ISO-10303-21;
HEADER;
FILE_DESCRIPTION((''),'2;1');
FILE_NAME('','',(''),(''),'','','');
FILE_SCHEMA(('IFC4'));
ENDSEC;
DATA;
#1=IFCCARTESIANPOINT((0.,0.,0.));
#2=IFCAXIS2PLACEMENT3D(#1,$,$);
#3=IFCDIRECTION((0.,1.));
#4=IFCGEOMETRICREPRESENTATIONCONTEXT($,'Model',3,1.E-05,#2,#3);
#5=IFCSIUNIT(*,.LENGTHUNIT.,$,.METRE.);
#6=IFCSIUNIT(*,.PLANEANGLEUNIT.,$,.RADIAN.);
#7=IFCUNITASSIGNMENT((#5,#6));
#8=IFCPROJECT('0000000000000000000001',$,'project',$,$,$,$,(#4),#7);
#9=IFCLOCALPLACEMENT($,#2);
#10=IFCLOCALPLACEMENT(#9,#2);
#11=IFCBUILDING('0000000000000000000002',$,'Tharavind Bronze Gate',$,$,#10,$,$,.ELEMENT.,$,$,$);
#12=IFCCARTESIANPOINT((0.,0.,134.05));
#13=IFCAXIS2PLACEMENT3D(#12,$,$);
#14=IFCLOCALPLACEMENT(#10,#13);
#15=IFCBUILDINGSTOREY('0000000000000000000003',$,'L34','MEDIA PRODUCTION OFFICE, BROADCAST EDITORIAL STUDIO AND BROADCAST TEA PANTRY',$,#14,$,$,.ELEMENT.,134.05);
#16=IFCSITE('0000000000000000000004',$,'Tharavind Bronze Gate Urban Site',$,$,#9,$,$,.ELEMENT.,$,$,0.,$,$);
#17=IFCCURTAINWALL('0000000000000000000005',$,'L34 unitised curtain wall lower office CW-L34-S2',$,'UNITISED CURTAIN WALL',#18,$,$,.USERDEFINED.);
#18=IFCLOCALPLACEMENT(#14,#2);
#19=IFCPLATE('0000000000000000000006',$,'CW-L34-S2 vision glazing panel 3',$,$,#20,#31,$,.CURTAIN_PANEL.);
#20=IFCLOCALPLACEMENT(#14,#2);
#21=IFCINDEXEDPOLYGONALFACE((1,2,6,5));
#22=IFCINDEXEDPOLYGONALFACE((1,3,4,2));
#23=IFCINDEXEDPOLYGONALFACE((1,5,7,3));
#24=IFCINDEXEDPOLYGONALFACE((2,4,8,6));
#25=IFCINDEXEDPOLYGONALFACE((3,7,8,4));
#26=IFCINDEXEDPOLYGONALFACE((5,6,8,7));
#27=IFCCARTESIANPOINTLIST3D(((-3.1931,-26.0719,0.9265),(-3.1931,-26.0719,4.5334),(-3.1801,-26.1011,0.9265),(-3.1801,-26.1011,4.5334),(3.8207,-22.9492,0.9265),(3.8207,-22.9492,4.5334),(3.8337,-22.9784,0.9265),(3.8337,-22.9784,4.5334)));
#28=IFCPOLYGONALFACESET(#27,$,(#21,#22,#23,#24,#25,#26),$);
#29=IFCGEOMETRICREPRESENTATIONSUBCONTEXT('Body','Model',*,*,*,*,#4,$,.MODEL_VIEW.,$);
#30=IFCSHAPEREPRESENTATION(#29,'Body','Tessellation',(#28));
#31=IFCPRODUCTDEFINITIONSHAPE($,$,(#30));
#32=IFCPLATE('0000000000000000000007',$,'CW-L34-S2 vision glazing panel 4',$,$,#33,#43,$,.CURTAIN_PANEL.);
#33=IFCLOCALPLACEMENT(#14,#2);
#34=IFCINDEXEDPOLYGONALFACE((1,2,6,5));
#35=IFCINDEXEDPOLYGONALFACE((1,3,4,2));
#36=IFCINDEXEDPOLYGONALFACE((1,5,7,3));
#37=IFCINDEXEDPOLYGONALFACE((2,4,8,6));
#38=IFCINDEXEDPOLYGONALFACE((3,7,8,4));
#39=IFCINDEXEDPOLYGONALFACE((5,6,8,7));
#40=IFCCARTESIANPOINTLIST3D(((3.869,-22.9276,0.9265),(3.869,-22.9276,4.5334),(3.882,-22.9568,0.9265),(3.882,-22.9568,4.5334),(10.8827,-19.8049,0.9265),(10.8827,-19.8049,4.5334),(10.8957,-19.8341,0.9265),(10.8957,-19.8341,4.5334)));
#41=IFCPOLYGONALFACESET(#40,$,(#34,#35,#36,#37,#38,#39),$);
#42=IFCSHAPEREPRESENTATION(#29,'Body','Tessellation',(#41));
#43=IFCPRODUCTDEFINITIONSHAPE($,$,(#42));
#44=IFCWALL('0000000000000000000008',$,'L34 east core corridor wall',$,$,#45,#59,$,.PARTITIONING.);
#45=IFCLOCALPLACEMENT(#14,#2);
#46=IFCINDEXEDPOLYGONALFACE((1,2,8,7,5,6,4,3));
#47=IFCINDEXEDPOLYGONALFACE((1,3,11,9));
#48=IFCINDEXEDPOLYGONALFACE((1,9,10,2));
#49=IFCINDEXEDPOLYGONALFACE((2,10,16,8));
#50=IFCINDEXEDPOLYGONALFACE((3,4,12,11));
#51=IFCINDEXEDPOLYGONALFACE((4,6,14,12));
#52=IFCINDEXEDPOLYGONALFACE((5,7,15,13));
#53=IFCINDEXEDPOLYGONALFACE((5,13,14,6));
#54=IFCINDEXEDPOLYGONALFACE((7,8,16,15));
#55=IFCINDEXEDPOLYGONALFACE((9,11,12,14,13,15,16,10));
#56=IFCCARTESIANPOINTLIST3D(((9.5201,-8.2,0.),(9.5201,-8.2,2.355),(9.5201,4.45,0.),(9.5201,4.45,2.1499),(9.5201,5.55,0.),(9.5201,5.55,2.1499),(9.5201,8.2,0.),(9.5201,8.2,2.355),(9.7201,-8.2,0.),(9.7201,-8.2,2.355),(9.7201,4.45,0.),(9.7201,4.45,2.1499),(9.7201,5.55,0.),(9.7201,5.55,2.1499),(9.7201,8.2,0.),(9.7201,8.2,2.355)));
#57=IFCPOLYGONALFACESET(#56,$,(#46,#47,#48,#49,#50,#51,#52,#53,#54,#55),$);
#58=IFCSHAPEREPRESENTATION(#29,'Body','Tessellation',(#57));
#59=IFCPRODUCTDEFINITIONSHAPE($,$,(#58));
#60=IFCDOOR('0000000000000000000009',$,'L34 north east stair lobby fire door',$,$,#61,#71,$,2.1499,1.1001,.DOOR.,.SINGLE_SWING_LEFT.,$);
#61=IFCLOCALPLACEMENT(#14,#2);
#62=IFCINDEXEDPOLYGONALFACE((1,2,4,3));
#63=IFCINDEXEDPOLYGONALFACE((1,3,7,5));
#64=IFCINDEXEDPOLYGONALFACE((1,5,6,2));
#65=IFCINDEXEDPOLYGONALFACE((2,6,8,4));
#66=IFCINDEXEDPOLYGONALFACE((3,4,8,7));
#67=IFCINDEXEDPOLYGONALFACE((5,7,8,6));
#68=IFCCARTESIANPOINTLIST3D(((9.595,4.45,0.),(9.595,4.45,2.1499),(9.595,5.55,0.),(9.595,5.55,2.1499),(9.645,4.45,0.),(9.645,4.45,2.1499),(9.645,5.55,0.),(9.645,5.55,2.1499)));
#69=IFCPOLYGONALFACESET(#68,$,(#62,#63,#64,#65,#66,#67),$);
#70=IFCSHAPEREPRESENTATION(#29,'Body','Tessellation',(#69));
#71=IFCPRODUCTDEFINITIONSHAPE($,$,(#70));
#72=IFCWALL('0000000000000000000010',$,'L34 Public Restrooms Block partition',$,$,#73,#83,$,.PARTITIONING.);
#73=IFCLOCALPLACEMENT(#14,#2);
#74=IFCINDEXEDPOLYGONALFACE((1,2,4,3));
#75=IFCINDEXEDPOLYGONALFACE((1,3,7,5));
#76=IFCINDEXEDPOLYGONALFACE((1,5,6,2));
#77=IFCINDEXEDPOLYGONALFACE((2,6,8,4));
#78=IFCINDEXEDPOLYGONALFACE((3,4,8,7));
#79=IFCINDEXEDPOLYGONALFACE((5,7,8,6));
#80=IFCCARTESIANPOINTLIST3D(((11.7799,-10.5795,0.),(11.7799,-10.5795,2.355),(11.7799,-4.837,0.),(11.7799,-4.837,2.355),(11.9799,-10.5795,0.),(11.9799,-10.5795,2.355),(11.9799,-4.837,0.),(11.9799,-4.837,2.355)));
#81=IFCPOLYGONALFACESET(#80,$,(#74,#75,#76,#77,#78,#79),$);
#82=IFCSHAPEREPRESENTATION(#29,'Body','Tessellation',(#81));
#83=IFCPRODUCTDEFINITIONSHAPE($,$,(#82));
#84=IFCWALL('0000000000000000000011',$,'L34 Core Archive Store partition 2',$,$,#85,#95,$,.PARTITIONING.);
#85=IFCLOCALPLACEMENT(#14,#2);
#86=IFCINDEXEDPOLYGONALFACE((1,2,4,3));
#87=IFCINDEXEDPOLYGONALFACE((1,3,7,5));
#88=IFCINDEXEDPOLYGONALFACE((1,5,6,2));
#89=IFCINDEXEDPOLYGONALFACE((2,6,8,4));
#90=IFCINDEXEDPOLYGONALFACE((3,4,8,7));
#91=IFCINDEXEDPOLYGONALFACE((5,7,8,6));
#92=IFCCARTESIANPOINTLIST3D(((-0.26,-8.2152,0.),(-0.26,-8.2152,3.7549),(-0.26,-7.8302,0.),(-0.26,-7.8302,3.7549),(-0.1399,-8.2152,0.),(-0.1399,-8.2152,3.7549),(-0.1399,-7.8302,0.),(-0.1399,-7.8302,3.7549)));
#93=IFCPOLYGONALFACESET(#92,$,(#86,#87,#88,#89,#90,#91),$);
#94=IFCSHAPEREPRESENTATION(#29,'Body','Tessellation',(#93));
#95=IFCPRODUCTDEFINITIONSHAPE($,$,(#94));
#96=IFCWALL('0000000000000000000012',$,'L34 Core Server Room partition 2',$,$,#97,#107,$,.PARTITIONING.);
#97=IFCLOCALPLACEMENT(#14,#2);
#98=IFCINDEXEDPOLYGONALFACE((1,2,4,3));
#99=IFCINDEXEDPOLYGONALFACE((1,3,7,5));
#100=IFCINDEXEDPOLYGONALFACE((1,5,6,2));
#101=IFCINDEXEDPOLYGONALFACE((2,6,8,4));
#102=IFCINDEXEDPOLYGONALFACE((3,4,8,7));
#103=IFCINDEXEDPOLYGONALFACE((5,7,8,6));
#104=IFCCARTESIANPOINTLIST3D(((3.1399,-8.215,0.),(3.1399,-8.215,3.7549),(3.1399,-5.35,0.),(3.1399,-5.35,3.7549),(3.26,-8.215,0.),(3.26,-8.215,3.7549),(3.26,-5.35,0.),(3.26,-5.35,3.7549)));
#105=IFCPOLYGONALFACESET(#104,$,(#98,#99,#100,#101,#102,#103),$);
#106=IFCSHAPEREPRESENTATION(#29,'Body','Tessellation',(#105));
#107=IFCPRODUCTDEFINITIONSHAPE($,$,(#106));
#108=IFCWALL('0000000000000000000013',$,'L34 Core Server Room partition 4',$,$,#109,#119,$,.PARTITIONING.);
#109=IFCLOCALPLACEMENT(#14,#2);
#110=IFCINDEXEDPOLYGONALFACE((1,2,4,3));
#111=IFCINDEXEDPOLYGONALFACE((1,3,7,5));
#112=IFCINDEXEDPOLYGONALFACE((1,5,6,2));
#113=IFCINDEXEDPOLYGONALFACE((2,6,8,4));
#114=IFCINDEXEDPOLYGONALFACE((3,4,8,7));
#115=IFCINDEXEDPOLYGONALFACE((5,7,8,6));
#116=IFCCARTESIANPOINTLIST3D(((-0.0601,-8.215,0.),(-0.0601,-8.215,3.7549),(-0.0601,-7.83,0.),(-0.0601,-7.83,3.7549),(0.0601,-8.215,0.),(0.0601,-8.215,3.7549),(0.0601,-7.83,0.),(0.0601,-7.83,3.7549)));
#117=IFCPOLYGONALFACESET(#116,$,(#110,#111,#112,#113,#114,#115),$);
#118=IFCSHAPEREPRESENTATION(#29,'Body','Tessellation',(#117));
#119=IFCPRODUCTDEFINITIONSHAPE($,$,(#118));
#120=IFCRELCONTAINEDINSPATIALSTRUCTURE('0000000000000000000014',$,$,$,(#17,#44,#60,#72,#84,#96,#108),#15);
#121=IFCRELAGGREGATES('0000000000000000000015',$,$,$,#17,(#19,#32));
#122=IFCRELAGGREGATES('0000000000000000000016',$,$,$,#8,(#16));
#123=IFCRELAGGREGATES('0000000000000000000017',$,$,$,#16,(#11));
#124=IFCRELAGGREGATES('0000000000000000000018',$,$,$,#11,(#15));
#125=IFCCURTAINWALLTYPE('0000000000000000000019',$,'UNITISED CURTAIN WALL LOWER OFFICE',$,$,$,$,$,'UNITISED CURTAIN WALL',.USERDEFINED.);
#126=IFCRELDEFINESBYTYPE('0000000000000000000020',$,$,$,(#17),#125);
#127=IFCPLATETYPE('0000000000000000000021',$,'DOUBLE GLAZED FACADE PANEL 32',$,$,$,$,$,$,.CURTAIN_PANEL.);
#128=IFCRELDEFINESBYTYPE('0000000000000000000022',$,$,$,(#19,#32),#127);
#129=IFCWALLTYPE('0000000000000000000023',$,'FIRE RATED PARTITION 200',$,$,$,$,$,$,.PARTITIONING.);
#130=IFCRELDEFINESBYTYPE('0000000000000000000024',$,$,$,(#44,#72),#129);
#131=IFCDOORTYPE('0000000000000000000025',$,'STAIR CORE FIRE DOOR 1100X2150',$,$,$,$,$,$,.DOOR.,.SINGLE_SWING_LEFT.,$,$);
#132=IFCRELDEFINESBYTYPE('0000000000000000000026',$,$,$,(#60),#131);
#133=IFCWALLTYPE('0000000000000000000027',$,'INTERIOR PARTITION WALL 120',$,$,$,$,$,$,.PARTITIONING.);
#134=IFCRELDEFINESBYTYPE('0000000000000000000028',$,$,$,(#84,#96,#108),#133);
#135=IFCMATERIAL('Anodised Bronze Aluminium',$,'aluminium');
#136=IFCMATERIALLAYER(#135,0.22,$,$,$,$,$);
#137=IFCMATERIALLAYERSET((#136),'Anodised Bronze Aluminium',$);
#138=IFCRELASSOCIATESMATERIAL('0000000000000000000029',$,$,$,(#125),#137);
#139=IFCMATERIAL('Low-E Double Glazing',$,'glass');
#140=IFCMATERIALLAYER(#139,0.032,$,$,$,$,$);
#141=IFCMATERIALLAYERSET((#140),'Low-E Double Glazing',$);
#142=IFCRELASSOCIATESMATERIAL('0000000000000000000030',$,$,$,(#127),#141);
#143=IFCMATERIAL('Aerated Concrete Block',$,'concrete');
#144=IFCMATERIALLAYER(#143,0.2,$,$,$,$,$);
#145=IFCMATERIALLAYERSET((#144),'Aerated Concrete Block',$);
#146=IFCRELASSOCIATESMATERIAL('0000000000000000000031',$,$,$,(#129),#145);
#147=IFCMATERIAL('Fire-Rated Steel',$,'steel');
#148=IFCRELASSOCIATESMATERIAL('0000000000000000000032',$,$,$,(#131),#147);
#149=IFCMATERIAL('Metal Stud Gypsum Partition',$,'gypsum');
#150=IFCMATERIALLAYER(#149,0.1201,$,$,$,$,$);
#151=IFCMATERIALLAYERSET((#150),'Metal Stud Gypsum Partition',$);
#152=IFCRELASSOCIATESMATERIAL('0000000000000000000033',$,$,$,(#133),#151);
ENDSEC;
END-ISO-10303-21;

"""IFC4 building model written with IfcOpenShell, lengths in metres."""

from ifc_helpers import new_model, si_unit, direction, frame, frame_2d, origin, origin_2d, place, context, subcontext, project, spatial, rectangle, extrude, material, layer, layer_set, type_object, element, fill, aggregate, save


model = new_model("IFC4")

# Units and contexts
model_context = context("Model", 3, precision=1e-05, world=origin(), true_north=direction((0.0, 1.0)))
body_context = subcontext(model_context, "Body", "Model", "MODEL_VIEW")
ifc_project = project(units=[si_unit("LENGTHUNIT", "METRE"), si_unit("PLANEANGLEUNIT", "RADIAN")], contexts=[model_context])

# Site, building, storey
site_placement = place(None, origin())
site = spatial("IfcSite", under=ifc_project, at=site_placement, Name="Tharavind Bronze Gate Urban Site", CompositionType="ELEMENT", RefElevation=0.0)
building_placement = place(site_placement, origin())
building = spatial("IfcBuilding", under=site, at=building_placement, Name="Tharavind Bronze Gate", CompositionType="ELEMENT")
storey_placement = place(building_placement, frame((0.0, 0.0, 134.05)))
storey = spatial("IfcBuildingStorey", under=building, at=storey_placement, Name="L34", Description="MEDIA PRODUCTION OFFICE, BROADCAST EDITORIAL STUDIO AND BROADCAST TEA PANTRY", CompositionType="ELEMENT", Elevation=134.05)

# Curtain wall
ifc_material_1 = material(Name="Anodised Bronze Aluminium", Category="aluminium")
ifc_layer_1 = layer(ifc_material_1, 0.22)
ifc_layer_set_1 = layer_set([ifc_layer_1], Name="Anodised Bronze Aluminium")
curtain_wall_type = type_object("IfcCurtainWallType", Name="UNITISED CURTAIN WALL LOWER OFFICE", ElementType="UNITISED CURTAIN WALL", PredefinedType="USERDEFINED", material=ifc_layer_set_1)
curtain_wall_placement = place(storey_placement, origin())
curtain_wall = element("IfcCurtainWall", 1, at=curtain_wall_placement, inside=storey, type_object=curtain_wall_type, Name="L34 unitised curtain wall lower office CW-L34-S2", ObjectType="UNITISED CURTAIN WALL", PredefinedType="USERDEFINED")

# Plates
ifc_material_2 = material(Name="Low-E Double Glazing", Category="glass")
ifc_layer_2 = layer(ifc_material_2, 0.032)
ifc_layer_set_2 = layer_set([ifc_layer_2], Name="Low-E Double Glazing")
plate_type_1 = type_object("IfcPlateType", Name="DOUBLE GLAZED FACADE PANEL 32", PredefinedType="CURTAIN_PANEL", material=ifc_layer_set_2)
plate_1_placement = place(storey_placement, frame((0.3203, -24.5251, 0.9265), z_axis=(0.0, 0.0, 1.0), x_axis=(0.913545, 0.406737, 0.0)))
plate_1 = element("IfcPlate", 2, at=plate_1_placement, type_object=plate_type_1, Name="CW-L34-S2 vision glazing panel 3", PredefinedType="CURTAIN_PANEL", context=body_context, shape_type="SweptSolid", body=[
    extrude(rectangle(XDim=7.6775, YDim=0.032, at=origin_2d()), origin(), (0.0, 0.0, 1.0), 3.6069),
])
plate_2_placement = place(storey_placement, frame((7.3823, -21.3809, 0.9265), z_axis=(0.0, 0.0, 1.0), x_axis=(0.913545, 0.406737, 0.0)))
plate_2 = element("IfcPlate", 3, at=plate_2_placement, type_object=plate_type_1, Name="CW-L34-S2 vision glazing panel 4", PredefinedType="CURTAIN_PANEL", context=body_context, shape_type="SweptSolid", body=[
    extrude(rectangle(XDim=7.6775, YDim=0.032, at=origin_2d()), origin(), (0.0, 0.0, 1.0), 3.6069),
])
aggregate(curtain_wall, [plate_1, plate_2])

# Wall, opening, door
ifc_material_3 = material(Name="Aerated Concrete Block", Category="concrete")
ifc_layer_3 = layer(ifc_material_3, 0.2)
ifc_layer_set_3 = layer_set([ifc_layer_3], Name="Aerated Concrete Block")
wall_type_1 = type_object("IfcWallType", Name="FIRE RATED PARTITION 200", PredefinedType="PARTITIONING", material=ifc_layer_set_3)
wall_1_placement = place(storey_placement, frame((9.6201, -8.2, 0.0), z_axis=(0.0, 0.0, 1.0), x_axis=(0.0, 1.0, 0.0)))
wall_1 = element("IfcWall", 4, at=wall_1_placement, inside=storey, type_object=wall_type_1, Name="L34 east core corridor wall", PredefinedType="PARTITIONING", context=body_context, shape_type="SweptSolid", body=[
    extrude(rectangle(XDim=16.3999, YDim=0.2, at=frame_2d((8.2, 0.0))), origin(), (0.0, 0.0, 1.0), 2.355),
])
opening_placement = place(wall_1_placement, frame((12.6499, 0.0, 0.0)))
opening = element("IfcOpeningElement", 5, at=opening_placement, cuts=wall_1, PredefinedType="OPENING", context=body_context, shape_type="SweptSolid", body=[
    extrude(rectangle(XDim=1.1001, YDim=2.1499, at=frame_2d((0.55, 1.075))), frame((0.0, 0.1101, 0.0), z_axis=(0.0, -1.0, 0.0), x_axis=(1.0, 0.0, 0.0)), (0.0, 0.0, 1.0), 0.22),
])
ifc_material_4 = material(Name="Fire-Rated Steel", Category="steel")
door_type = type_object("IfcDoorType", Name="STAIR CORE FIRE DOOR 1100X2150", OperationType="SINGLE_SWING_LEFT", PredefinedType="DOOR", material=ifc_material_4)
door_placement = place(opening_placement, frame((1.1001, 0.0, 0.0), z_axis=(0.0, 0.0, 1.0), x_axis=(-1.0, 0.0, 0.0)))
door = element("IfcDoor", 6, at=door_placement, inside=storey, type_object=door_type, Name="L34 north east stair lobby fire door", OperationType="SINGLE_SWING_LEFT", OverallHeight=2.1499, OverallWidth=1.1001, PredefinedType="DOOR", context=body_context, shape_type="SweptSolid", body=[
    extrude(rectangle(XDim=1.1001, YDim=2.1499, at=frame_2d((0.55, 1.075))), frame((0.0, 0.0249, 0.0), z_axis=(0.0, -1.0, 0.0), x_axis=(1.0, 0.0, 0.0)), (0.0, 0.0, 1.0), 0.05),
])
fill(opening, door)

# Walls
wall_2_placement = place(storey_placement, frame((11.8799, -10.5793, 0.0), z_axis=(0.0, 0.0, 1.0), x_axis=(0.0, 1.0, 0.0)))
element("IfcWall", 7, at=wall_2_placement, inside=storey, type_object=wall_type_1, Name="L34 Public Restrooms Block partition", PredefinedType="PARTITIONING", context=body_context, shape_type="SweptSolid", body=[
    extrude(rectangle(XDim=5.7424, YDim=0.2, at=frame_2d((2.8711, 0.0))), origin(), (0.0, 0.0, 1.0), 2.355),
])
ifc_material_5 = material(Name="Metal Stud Gypsum Partition", Category="gypsum")
ifc_layer_4 = layer(ifc_material_5, 0.1201)
ifc_layer_set_4 = layer_set([ifc_layer_4], Name="Metal Stud Gypsum Partition")
wall_type_2 = type_object("IfcWallType", Name="INTERIOR PARTITION WALL 120", PredefinedType="PARTITIONING", material=ifc_layer_set_4)
wall_3_placement = place(storey_placement, frame((-0.2, -8.2151, 0.0), z_axis=(0.0, 0.0, 1.0), x_axis=(0.0, 1.0, 0.0)))
element("IfcWall", 8, at=wall_3_placement, inside=storey, type_object=wall_type_2, Name="L34 Core Archive Store partition 2", PredefinedType="PARTITIONING", context=body_context, shape_type="SweptSolid", body=[
    extrude(rectangle(XDim=0.385, YDim=0.1201, at=frame_2d((0.1924, 0.0))), origin(), (0.0, 0.0, 1.0), 3.7549),
])
wall_4_placement = place(storey_placement, frame((3.2, -8.2151, 0.0), z_axis=(0.0, 0.0, 1.0), x_axis=(0.0, 1.0, 0.0)))
element("IfcWall", 9, at=wall_4_placement, inside=storey, type_object=wall_type_2, Name="L34 Core Server Room partition 2", PredefinedType="PARTITIONING", context=body_context, shape_type="SweptSolid", body=[
    extrude(rectangle(XDim=2.865, YDim=0.1201, at=frame_2d((1.4326, 0.0))), origin(), (0.0, 0.0, 1.0), 3.7549),
])
wall_5_placement = place(storey_placement, frame((0.0, -7.8301, 0.0), z_axis=(0.0, 0.0, 1.0), x_axis=(0.0, -1.0, 0.0)))
element("IfcWall", 10, at=wall_5_placement, inside=storey, type_object=wall_type_2, Name="L34 Core Server Room partition 4", PredefinedType="PARTITIONING", context=body_context, shape_type="SweptSolid", body=[
    extrude(rectangle(XDim=0.385, YDim=0.1201, at=frame_2d((0.1924, 0.0))), origin(), (0.0, 0.0, 1.0), 3.7549),
])

save(model, "model.ifc")
